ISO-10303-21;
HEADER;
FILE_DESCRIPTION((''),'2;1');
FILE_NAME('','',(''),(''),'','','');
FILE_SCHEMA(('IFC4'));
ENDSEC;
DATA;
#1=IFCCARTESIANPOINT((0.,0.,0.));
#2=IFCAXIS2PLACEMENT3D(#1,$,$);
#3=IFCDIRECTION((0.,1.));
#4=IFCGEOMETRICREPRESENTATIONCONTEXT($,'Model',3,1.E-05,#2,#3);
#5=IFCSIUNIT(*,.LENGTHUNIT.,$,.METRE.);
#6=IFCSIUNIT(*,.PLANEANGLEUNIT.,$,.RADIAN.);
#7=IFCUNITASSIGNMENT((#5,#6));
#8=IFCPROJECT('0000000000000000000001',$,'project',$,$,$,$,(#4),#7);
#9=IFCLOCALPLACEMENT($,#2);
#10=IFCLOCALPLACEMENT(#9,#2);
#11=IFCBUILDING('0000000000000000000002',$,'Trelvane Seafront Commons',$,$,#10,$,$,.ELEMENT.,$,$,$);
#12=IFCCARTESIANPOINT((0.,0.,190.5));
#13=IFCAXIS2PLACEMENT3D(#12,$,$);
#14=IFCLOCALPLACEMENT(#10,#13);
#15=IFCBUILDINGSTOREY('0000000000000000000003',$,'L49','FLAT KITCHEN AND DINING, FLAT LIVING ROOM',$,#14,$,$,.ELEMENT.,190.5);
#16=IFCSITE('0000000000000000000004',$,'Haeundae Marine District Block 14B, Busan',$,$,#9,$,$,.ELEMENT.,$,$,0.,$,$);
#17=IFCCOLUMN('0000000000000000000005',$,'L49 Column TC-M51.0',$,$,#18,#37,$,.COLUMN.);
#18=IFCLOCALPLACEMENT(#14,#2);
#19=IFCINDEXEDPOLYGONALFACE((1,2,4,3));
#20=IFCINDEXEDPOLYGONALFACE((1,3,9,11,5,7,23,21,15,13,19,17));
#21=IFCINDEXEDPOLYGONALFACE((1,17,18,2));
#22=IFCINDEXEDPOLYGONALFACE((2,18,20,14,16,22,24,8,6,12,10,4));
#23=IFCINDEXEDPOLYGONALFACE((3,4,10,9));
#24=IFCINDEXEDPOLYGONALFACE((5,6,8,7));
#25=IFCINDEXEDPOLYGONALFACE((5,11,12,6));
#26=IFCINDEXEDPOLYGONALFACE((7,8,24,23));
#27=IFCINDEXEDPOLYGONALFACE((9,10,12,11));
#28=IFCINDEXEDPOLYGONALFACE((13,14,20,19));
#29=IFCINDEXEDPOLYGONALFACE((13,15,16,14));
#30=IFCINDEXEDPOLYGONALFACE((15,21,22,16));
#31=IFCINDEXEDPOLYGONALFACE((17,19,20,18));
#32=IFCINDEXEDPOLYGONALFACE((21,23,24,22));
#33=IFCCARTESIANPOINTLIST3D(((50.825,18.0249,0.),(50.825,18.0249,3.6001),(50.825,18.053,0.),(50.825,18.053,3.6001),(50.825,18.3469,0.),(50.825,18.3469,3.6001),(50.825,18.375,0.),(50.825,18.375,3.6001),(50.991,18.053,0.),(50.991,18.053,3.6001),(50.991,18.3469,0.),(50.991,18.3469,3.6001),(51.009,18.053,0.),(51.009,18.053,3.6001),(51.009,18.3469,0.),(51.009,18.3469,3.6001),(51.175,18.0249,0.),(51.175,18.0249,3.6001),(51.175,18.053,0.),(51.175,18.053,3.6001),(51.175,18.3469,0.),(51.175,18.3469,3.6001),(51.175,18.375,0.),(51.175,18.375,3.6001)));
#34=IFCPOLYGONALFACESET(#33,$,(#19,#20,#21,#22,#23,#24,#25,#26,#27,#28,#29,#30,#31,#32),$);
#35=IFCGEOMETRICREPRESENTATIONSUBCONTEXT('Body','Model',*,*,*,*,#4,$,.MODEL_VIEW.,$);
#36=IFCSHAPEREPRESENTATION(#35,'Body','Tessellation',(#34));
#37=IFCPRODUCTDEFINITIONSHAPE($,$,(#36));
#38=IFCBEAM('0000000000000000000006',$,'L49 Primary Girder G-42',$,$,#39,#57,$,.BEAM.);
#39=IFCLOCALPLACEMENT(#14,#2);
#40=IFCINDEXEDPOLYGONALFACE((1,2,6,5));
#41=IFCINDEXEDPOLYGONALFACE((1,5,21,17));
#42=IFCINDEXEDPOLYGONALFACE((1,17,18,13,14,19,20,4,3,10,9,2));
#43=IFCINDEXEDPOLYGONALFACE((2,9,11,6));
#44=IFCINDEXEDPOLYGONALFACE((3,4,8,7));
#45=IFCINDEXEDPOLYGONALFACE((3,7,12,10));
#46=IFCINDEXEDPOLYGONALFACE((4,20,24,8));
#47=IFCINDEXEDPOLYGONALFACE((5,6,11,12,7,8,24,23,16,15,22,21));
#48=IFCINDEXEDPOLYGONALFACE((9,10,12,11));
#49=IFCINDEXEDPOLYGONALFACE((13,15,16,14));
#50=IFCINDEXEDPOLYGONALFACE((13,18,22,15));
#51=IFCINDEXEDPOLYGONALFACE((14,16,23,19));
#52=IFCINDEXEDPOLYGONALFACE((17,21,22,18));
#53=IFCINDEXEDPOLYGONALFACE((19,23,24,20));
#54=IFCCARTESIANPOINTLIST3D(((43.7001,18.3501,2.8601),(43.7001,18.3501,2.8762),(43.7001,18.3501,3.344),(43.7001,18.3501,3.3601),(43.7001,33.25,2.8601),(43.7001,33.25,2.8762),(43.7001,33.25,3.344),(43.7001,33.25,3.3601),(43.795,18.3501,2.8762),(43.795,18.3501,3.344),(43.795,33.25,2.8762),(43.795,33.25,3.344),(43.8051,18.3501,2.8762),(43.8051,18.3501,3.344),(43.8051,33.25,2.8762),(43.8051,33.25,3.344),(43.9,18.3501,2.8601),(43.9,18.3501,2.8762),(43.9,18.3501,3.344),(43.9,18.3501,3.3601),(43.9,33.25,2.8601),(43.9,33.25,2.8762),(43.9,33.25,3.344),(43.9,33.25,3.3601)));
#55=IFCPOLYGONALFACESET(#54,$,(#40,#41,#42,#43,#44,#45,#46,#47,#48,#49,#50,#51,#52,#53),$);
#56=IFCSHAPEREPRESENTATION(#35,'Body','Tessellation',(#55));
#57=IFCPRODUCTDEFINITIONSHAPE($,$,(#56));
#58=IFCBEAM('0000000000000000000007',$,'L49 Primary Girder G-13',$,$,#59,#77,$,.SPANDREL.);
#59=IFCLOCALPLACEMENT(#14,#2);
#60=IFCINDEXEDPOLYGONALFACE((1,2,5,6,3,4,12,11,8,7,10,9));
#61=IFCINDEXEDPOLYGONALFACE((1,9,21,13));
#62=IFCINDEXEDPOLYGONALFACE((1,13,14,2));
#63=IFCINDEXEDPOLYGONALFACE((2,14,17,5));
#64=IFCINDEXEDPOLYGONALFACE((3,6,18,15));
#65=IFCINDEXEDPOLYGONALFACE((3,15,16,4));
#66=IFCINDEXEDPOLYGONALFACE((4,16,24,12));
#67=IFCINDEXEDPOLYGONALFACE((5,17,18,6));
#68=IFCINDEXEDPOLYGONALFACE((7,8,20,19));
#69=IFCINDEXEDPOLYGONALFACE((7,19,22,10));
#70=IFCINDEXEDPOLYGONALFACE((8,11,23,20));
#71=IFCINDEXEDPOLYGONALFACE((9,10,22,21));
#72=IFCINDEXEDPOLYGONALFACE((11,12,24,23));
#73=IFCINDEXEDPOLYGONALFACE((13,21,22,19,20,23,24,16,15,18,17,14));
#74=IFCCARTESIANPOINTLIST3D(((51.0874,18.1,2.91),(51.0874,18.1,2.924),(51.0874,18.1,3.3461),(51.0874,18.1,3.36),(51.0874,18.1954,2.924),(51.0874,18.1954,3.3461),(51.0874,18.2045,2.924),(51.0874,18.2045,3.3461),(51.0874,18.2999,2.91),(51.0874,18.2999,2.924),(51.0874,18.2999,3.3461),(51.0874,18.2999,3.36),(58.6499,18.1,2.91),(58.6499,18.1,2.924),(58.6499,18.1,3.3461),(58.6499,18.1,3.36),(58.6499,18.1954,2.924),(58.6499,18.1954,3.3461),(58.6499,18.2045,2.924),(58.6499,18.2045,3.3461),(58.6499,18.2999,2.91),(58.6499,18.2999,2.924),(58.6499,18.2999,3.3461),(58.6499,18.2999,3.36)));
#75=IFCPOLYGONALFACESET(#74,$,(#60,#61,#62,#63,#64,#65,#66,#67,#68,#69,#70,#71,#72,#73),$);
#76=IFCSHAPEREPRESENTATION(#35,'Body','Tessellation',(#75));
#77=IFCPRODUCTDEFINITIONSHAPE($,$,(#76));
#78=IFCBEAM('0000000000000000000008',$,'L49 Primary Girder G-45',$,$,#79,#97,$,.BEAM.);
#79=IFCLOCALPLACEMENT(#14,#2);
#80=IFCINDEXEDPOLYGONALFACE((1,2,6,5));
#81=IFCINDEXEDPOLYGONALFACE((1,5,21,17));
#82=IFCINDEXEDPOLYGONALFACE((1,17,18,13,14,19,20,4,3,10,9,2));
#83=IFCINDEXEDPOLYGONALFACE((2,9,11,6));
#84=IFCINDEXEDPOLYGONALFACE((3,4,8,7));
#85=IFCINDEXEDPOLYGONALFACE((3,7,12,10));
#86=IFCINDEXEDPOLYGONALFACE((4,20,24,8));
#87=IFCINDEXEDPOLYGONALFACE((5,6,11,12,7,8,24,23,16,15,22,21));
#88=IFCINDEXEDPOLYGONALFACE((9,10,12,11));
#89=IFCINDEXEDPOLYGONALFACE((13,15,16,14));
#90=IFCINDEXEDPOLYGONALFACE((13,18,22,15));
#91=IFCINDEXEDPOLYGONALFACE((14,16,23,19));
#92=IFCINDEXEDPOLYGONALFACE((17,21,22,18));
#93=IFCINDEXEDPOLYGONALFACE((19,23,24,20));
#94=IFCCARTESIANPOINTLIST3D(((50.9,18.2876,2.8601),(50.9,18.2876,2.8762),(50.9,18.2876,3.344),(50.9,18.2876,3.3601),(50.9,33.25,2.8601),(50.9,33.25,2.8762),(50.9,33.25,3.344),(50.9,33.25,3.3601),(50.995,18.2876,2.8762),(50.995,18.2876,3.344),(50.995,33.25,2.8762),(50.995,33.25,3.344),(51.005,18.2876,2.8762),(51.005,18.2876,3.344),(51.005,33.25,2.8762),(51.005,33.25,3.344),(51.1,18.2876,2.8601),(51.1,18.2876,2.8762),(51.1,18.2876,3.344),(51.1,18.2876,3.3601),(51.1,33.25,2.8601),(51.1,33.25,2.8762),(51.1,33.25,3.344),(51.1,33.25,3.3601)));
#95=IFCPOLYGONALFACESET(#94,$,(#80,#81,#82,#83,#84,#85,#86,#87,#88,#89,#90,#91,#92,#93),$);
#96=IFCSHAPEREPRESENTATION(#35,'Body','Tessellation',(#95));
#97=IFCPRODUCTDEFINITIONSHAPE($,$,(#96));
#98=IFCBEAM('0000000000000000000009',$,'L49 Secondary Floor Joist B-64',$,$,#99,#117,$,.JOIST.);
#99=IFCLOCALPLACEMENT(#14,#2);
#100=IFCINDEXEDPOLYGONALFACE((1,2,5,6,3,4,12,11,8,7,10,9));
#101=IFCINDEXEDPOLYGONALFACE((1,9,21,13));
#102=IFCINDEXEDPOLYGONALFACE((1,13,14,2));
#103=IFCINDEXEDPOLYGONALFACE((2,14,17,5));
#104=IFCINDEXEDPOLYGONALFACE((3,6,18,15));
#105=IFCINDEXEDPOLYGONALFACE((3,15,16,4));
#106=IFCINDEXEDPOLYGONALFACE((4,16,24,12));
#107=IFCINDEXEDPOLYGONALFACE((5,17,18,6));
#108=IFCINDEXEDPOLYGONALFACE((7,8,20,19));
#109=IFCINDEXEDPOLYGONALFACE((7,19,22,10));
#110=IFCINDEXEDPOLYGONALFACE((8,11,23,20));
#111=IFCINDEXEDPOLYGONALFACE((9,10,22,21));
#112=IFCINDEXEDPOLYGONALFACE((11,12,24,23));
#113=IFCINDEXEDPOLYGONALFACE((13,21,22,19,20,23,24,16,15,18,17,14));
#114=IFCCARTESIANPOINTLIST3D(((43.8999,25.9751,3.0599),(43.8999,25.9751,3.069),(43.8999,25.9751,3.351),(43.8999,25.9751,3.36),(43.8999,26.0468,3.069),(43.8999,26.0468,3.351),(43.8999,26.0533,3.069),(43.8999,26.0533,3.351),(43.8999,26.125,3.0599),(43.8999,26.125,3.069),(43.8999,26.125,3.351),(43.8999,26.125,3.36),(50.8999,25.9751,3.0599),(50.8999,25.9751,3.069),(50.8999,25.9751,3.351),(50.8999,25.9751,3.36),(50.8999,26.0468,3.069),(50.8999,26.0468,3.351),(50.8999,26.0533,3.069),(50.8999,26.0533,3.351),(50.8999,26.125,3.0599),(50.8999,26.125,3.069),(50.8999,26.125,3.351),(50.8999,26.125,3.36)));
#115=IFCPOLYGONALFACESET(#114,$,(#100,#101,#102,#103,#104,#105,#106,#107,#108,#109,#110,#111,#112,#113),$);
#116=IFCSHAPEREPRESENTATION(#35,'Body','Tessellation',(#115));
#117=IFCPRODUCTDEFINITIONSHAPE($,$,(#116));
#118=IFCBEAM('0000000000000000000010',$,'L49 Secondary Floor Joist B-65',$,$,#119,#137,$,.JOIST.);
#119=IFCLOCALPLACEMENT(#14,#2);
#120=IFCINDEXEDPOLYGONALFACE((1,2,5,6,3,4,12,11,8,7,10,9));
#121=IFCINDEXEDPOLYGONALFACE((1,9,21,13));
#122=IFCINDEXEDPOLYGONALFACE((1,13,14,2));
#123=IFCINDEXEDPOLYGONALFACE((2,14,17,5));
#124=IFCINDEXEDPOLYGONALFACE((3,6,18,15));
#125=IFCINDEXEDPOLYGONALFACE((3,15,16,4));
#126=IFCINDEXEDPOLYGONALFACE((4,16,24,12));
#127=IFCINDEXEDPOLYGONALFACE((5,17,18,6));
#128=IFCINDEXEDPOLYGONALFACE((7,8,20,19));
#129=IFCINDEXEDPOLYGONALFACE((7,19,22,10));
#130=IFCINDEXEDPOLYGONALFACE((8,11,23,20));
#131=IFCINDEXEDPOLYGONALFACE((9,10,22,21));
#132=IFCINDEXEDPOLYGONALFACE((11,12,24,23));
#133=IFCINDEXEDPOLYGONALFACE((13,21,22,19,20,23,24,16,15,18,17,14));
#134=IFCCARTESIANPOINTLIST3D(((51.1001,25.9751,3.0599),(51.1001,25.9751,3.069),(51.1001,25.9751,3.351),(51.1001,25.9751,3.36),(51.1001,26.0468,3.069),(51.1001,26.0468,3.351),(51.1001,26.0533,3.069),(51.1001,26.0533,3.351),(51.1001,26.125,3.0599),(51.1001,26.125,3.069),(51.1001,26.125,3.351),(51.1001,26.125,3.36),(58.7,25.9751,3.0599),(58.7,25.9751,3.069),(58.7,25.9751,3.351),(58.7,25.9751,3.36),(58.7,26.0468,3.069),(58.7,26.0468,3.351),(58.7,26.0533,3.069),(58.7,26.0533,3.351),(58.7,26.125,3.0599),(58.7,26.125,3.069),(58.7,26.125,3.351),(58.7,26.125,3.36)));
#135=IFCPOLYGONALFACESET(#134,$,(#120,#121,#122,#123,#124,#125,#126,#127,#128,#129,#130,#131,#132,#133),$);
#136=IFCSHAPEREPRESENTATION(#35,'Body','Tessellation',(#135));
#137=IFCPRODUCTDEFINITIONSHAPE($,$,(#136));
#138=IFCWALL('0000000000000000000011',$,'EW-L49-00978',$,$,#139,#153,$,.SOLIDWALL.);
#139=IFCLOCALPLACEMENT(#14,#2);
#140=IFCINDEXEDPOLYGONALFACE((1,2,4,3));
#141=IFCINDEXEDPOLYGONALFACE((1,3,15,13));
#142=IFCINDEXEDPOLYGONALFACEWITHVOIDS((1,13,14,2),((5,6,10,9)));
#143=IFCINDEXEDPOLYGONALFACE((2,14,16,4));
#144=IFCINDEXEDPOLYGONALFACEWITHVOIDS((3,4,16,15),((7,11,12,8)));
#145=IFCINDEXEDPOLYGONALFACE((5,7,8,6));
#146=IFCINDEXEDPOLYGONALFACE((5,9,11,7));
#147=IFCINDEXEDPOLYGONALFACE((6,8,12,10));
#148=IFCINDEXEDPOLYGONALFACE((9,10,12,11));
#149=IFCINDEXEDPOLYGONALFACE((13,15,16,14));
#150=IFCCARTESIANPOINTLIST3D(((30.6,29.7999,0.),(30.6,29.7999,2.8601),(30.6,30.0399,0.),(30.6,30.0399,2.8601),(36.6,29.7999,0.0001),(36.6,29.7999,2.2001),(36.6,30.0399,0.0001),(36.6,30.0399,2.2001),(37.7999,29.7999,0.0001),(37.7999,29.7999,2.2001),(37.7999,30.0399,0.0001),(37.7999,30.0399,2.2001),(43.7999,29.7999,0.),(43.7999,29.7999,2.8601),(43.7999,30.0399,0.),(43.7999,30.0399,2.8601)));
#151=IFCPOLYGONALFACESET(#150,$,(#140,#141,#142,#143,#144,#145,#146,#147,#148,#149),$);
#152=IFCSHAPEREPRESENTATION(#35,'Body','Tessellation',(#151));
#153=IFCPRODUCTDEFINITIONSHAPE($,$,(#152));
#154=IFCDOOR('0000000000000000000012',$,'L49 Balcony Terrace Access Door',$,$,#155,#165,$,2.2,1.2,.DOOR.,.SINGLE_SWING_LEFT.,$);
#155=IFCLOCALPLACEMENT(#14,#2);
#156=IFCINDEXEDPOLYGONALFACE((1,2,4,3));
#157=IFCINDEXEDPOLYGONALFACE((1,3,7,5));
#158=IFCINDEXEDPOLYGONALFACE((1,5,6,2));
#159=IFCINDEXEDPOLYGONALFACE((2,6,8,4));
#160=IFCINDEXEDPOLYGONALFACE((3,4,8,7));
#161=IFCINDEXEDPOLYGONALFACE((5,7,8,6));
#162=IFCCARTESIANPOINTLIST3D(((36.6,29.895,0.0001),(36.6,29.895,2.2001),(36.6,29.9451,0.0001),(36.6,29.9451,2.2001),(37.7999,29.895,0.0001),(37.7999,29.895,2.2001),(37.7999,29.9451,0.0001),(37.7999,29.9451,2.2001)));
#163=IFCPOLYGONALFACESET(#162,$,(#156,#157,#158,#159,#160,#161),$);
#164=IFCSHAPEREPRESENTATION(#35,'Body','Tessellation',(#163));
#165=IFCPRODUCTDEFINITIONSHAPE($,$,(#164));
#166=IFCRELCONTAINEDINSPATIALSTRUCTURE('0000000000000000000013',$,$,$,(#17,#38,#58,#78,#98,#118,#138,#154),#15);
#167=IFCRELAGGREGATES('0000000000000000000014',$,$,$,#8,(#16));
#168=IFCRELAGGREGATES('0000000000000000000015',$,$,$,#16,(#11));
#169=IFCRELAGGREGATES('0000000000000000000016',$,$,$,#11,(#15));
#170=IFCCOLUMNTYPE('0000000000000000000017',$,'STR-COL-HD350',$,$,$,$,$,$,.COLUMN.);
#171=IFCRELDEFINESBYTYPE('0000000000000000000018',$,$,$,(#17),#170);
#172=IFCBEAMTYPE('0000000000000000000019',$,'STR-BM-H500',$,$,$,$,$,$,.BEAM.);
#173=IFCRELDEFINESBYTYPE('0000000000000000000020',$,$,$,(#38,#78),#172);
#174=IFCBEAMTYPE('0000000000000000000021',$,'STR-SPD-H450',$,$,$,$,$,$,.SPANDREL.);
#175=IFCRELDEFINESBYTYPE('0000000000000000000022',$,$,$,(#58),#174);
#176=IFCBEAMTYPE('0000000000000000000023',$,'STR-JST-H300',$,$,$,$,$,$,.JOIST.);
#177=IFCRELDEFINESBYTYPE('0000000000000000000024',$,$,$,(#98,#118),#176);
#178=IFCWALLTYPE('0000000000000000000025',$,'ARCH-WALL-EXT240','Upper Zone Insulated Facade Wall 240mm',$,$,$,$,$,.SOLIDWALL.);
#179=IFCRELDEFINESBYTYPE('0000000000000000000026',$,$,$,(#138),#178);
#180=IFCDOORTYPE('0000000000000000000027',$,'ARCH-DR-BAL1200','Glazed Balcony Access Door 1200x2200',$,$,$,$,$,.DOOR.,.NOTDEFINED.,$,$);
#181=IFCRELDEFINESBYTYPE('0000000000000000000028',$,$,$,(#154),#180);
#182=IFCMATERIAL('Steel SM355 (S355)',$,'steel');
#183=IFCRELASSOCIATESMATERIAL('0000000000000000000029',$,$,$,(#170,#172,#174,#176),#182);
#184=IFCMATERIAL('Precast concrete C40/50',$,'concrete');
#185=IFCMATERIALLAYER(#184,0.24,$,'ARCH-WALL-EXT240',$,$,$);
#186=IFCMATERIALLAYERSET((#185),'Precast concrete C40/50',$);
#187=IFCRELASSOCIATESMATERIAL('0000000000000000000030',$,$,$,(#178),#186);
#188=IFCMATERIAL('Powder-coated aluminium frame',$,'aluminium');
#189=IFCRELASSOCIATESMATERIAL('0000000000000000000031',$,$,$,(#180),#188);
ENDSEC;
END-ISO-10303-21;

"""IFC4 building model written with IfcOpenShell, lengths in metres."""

from ifc_helpers import new_model, si_unit, direction, frame, frame_2d, origin, origin_2d, place, context, subcontext, project, spatial, rectangle, i_section, extrude, source, transform, mapped, material, layer, layer_set, material_profile, profile_set, type_object, element, fill, save


model = new_model("IFC4")

# Units and contexts
model_context = context("Model", 3, precision=1e-05, world=origin(), true_north=direction((0.0, 1.0)))
body_context = subcontext(model_context, "Body", "Model", "MODEL_VIEW")
ifc_project = project(units=[si_unit("LENGTHUNIT", "METRE"), si_unit("PLANEANGLEUNIT", "RADIAN")], contexts=[model_context])

# Site, building, storey
site_placement = place(None, origin())
site = spatial("IfcSite", under=ifc_project, at=site_placement, Name="Haeundae Marine District Block 14B, Busan", CompositionType="ELEMENT", RefElevation=0.0)
building_placement = place(site_placement, origin())
building = spatial("IfcBuilding", under=site, at=building_placement, Name="Trelvane Seafront Commons", CompositionType="ELEMENT")
storey_placement = place(building_placement, frame((0.0, 0.0, 190.5)))
storey = spatial("IfcBuildingStorey", under=building, at=storey_placement, Name="L49", Description="FLAT KITCHEN AND DINING, FLAT LIVING ROOM", CompositionType="ELEMENT", Elevation=190.5)

# Column
ifc_material_1 = material(Name="Steel SM355 (S355)", Category="steel")
ifc_material_profile_1 = material_profile(ifc_material_1, i_section(OverallWidth=0.3501, OverallDepth=0.3501, WebThickness=0.0181, FlangeThickness=0.0281, at=origin_2d()), Name="HD-350x350x18x28")
ifc_profile_set_1 = profile_set([ifc_material_profile_1], Name="Steel SM355 (S355)")
column_type = type_object("IfcColumnType", Name="STR-COL-HD350", PredefinedType="COLUMN", material=ifc_profile_set_1)
shared_shape_1 = source(origin(), body_context, "Body", "SweptSolid", [
    extrude(i_section(OverallWidth=0.3501, OverallDepth=0.3501, WebThickness=0.0181, FlangeThickness=0.0281, at=origin_2d()), origin(), (0.0, 0.0, 1.0), 3.6001),
])
column_placement = place(storey_placement, frame((51.0, 18.2, 0.0), z_axis=(0.0, 0.0, 1.0), x_axis=(1.0, 0.0, 0.0)))
element("IfcColumn", 1, at=column_placement, inside=storey, type_object=column_type, Name="L49 Column TC-M51.0", PredefinedType="COLUMN", context=body_context, shape_type="MappedRepresentation", body=[
    mapped(shared_shape_1, transform((0.0, 0.0, 0.0), x_axis=(1.0, 0.0, 0.0), y_axis=(0.0, 1.0, 0.0), z_axis=(0.0, 0.0, 1.0), scale=1.0)),
])

# Beams
ifc_material_profile_2 = material_profile(ifc_material_1, i_section(OverallWidth=0.2, OverallDepth=0.5, WebThickness=0.01, FlangeThickness=0.0161, at=origin_2d()), Name="H-500x200x10x16")
ifc_profile_set_2 = profile_set([ifc_material_profile_2], Name="Steel SM355 (S355)")
beam_type_1 = type_object("IfcBeamType", Name="STR-BM-H500", PredefinedType="BEAM", material=ifc_profile_set_2)
shared_shape_2 = source(origin(), body_context, "Body", "SweptSolid", [
    extrude(i_section(OverallWidth=0.2, OverallDepth=0.5, WebThickness=0.01, FlangeThickness=0.0161, at=origin_2d()), origin(), (0.0, 0.0, 1.0), 14.8999),
])
beam_1_placement = place(storey_placement, frame((43.8, 18.3501, 3.1101), z_axis=(0.0, 1.0, 0.0), x_axis=(-1.0, 0.0, 0.0)))
element("IfcBeam", 2, at=beam_1_placement, inside=storey, type_object=beam_type_1, Name="L49 Primary Girder G-42", PredefinedType="BEAM", context=body_context, shape_type="MappedRepresentation", body=[
    mapped(shared_shape_2, transform((0.0, 0.0, 0.0), x_axis=(1.0, 0.0, 0.0), y_axis=(0.0, 1.0, 0.0), z_axis=(0.0, 0.0, 1.0), scale=1.0)),
])
ifc_material_profile_3 = material_profile(ifc_material_1, i_section(OverallWidth=0.2, OverallDepth=0.45, WebThickness=0.009, FlangeThickness=0.0139, at=origin_2d()), Name="H-450x200x9x14")
ifc_profile_set_3 = profile_set([ifc_material_profile_3], Name="Steel SM355 (S355)")
beam_type_2 = type_object("IfcBeamType", Name="STR-SPD-H450", PredefinedType="SPANDREL", material=ifc_profile_set_3)
shared_shape_3 = source(origin(), body_context, "Body", "SweptSolid", [
    extrude(i_section(OverallWidth=0.2, OverallDepth=0.45, WebThickness=0.009, FlangeThickness=0.0139, at=origin_2d()), origin(), (0.0, 0.0, 1.0), 7.5625),
])
beam_2_placement = place(storey_placement, frame((51.0874, 18.2, 3.135), z_axis=(1.0, 0.0, 0.0), x_axis=(0.0, 1.0, 0.0)))
element("IfcBeam", 3, at=beam_2_placement, inside=storey, type_object=beam_type_2, Name="L49 Primary Girder G-13", PredefinedType="SPANDREL", context=body_context, shape_type="MappedRepresentation", body=[
    mapped(shared_shape_3, transform((0.0, 0.0, 0.0), x_axis=(1.0, 0.0, 0.0), y_axis=(0.0, 1.0, 0.0), z_axis=(0.0, 0.0, 1.0), scale=1.0)),
])
shared_shape_4 = source(origin(), body_context, "Body", "SweptSolid", [
    extrude(i_section(OverallWidth=0.2, OverallDepth=0.5, WebThickness=0.01, FlangeThickness=0.0161, at=origin_2d()), origin(), (0.0, 0.0, 1.0), 14.9624),
])
beam_3_placement = place(storey_placement, frame((51.0, 18.2876, 3.1101), z_axis=(0.0, 1.0, 0.0), x_axis=(-1.0, 0.0, 0.0)))
element("IfcBeam", 4, at=beam_3_placement, inside=storey, type_object=beam_type_1, Name="L49 Primary Girder G-45", PredefinedType="BEAM", context=body_context, shape_type="MappedRepresentation", body=[
    mapped(shared_shape_4, transform((0.0, 0.0, 0.0), x_axis=(1.0, 0.0, 0.0), y_axis=(0.0, 1.0, 0.0), z_axis=(0.0, 0.0, 1.0), scale=1.0)),
])
ifc_material_profile_4 = material_profile(ifc_material_1, i_section(OverallWidth=0.1499, OverallDepth=0.3, WebThickness=0.0066, FlangeThickness=0.009, at=origin_2d()), Name="H-300x150x6.5x9")
ifc_profile_set_4 = profile_set([ifc_material_profile_4], Name="Steel SM355 (S355)")
beam_type_3 = type_object("IfcBeamType", Name="STR-JST-H300", PredefinedType="JOIST", material=ifc_profile_set_4)
shared_shape_5 = source(origin(), body_context, "Body", "SweptSolid", [
    extrude(i_section(OverallWidth=0.1499, OverallDepth=0.3, WebThickness=0.0066, FlangeThickness=0.009, at=origin_2d()), origin(), (0.0, 0.0, 1.0), 7.0),
])
beam_4_placement = place(storey_placement, frame((43.8999, 26.05, 3.21), z_axis=(1.0, 0.0, 0.0), x_axis=(0.0, 1.0, 0.0)))
element("IfcBeam", 5, at=beam_4_placement, inside=storey, type_object=beam_type_3, Name="L49 Secondary Floor Joist B-64", PredefinedType="JOIST", context=body_context, shape_type="MappedRepresentation", body=[
    mapped(shared_shape_5, transform((0.0, 0.0, 0.0), x_axis=(1.0, 0.0, 0.0), y_axis=(0.0, 1.0, 0.0), z_axis=(0.0, 0.0, 1.0), scale=1.0)),
])
shared_shape_6 = source(origin(), body_context, "Body", "SweptSolid", [
    extrude(i_section(OverallWidth=0.1499, OverallDepth=0.3, WebThickness=0.0066, FlangeThickness=0.009, at=origin_2d()), origin(), (0.0, 0.0, 1.0), 7.5999),
])
beam_5_placement = place(storey_placement, frame((51.1001, 26.05, 3.21), z_axis=(1.0, 0.0, 0.0), x_axis=(0.0, 1.0, 0.0)))
element("IfcBeam", 6, at=beam_5_placement, inside=storey, type_object=beam_type_3, Name="L49 Secondary Floor Joist B-65", PredefinedType="JOIST", context=body_context, shape_type="MappedRepresentation", body=[
    mapped(shared_shape_6, transform((0.0, 0.0, 0.0), x_axis=(1.0, 0.0, 0.0), y_axis=(0.0, 1.0, 0.0), z_axis=(0.0, 0.0, 1.0), scale=1.0)),
])

# Wall, opening, door
ifc_material_2 = material(Name="Precast concrete C40/50", Category="concrete")
ifc_layer_1 = layer(ifc_material_2, 0.24, Name="ARCH-WALL-EXT240")
ifc_layer_set_1 = layer_set([ifc_layer_1], Name="Precast concrete C40/50")
wall_type_1 = type_object("IfcWallType", Name="ARCH-WALL-EXT240", Description="Upper Zone Insulated Facade Wall 240mm", PredefinedType="SOLIDWALL", material=ifc_layer_set_1)
wall_1_placement = place(storey_placement, frame((43.8, 29.9199, 0.0), z_axis=(0.0, 0.0, 1.0), x_axis=(-1.0, 0.0, 0.0)))
wall_1 = element("IfcWall", 7, at=wall_1_placement, inside=storey, type_object=wall_type_1, Name="EW-L49-00978", PredefinedType="SOLIDWALL", context=body_context, shape_type="SweptSolid", body=[
    extrude(rectangle(XDim=13.2, YDim=0.24, at=frame_2d((6.6001, 0.0))), origin(), (0.0, 0.0, 1.0), 2.8601),
])
opening_1_placement = place(wall_1_placement, frame((6.0, 0.0, 0.0)))
opening_1 = element("IfcOpeningElement", 8, at=opening_1_placement, cuts=wall_1, PredefinedType="OPENING", context=body_context, shape_type="SweptSolid", body=[
    extrude(rectangle(XDim=1.2, YDim=2.2, at=frame_2d((0.6001, 1.1001))), frame((0.0, 0.1299, 0.0), z_axis=(0.0, -1.0, 0.0), x_axis=(1.0, 0.0, 0.0)), (0.0, 0.0, 1.0), 0.26),
])
ifc_material_3 = material(Name="Powder-coated aluminium frame", Category="aluminium")
door_type_1 = type_object("IfcDoorType", Name="ARCH-DR-BAL1200", Description="Glazed Balcony Access Door 1200x2200", OperationType="NOTDEFINED", PredefinedType="DOOR", material=ifc_material_3)
shared_shape_7 = source(origin(), body_context, "Body", "SweptSolid", [
    extrude(rectangle(XDim=1.2, YDim=2.2, at=frame_2d((0.6001, 1.1001))), frame((0.0, 0.0249, 0.0), z_axis=(0.0, -1.0, 0.0), x_axis=(1.0, 0.0, 0.0)), (0.0, 0.0, 1.0), 0.05),
])
door_1_placement = place(opening_1_placement, origin())
door_1 = element("IfcDoor", 9, at=door_1_placement, inside=storey, type_object=door_type_1, Name="L49 Balcony Terrace Access Door", OperationType="SINGLE_SWING_LEFT", OverallHeight=2.2, OverallWidth=1.2, PredefinedType="DOOR", context=body_context, shape_type="MappedRepresentation", body=[
    mapped(shared_shape_7, transform((0.0, 0.0, 0.0), x_axis=(1.0, 0.0, 0.0), y_axis=(0.0, 1.0, 0.0), z_axis=(0.0, 0.0, 1.0), scale=1.0)),
])
fill(opening_1, door_1)

save(model, "model.ifc")
